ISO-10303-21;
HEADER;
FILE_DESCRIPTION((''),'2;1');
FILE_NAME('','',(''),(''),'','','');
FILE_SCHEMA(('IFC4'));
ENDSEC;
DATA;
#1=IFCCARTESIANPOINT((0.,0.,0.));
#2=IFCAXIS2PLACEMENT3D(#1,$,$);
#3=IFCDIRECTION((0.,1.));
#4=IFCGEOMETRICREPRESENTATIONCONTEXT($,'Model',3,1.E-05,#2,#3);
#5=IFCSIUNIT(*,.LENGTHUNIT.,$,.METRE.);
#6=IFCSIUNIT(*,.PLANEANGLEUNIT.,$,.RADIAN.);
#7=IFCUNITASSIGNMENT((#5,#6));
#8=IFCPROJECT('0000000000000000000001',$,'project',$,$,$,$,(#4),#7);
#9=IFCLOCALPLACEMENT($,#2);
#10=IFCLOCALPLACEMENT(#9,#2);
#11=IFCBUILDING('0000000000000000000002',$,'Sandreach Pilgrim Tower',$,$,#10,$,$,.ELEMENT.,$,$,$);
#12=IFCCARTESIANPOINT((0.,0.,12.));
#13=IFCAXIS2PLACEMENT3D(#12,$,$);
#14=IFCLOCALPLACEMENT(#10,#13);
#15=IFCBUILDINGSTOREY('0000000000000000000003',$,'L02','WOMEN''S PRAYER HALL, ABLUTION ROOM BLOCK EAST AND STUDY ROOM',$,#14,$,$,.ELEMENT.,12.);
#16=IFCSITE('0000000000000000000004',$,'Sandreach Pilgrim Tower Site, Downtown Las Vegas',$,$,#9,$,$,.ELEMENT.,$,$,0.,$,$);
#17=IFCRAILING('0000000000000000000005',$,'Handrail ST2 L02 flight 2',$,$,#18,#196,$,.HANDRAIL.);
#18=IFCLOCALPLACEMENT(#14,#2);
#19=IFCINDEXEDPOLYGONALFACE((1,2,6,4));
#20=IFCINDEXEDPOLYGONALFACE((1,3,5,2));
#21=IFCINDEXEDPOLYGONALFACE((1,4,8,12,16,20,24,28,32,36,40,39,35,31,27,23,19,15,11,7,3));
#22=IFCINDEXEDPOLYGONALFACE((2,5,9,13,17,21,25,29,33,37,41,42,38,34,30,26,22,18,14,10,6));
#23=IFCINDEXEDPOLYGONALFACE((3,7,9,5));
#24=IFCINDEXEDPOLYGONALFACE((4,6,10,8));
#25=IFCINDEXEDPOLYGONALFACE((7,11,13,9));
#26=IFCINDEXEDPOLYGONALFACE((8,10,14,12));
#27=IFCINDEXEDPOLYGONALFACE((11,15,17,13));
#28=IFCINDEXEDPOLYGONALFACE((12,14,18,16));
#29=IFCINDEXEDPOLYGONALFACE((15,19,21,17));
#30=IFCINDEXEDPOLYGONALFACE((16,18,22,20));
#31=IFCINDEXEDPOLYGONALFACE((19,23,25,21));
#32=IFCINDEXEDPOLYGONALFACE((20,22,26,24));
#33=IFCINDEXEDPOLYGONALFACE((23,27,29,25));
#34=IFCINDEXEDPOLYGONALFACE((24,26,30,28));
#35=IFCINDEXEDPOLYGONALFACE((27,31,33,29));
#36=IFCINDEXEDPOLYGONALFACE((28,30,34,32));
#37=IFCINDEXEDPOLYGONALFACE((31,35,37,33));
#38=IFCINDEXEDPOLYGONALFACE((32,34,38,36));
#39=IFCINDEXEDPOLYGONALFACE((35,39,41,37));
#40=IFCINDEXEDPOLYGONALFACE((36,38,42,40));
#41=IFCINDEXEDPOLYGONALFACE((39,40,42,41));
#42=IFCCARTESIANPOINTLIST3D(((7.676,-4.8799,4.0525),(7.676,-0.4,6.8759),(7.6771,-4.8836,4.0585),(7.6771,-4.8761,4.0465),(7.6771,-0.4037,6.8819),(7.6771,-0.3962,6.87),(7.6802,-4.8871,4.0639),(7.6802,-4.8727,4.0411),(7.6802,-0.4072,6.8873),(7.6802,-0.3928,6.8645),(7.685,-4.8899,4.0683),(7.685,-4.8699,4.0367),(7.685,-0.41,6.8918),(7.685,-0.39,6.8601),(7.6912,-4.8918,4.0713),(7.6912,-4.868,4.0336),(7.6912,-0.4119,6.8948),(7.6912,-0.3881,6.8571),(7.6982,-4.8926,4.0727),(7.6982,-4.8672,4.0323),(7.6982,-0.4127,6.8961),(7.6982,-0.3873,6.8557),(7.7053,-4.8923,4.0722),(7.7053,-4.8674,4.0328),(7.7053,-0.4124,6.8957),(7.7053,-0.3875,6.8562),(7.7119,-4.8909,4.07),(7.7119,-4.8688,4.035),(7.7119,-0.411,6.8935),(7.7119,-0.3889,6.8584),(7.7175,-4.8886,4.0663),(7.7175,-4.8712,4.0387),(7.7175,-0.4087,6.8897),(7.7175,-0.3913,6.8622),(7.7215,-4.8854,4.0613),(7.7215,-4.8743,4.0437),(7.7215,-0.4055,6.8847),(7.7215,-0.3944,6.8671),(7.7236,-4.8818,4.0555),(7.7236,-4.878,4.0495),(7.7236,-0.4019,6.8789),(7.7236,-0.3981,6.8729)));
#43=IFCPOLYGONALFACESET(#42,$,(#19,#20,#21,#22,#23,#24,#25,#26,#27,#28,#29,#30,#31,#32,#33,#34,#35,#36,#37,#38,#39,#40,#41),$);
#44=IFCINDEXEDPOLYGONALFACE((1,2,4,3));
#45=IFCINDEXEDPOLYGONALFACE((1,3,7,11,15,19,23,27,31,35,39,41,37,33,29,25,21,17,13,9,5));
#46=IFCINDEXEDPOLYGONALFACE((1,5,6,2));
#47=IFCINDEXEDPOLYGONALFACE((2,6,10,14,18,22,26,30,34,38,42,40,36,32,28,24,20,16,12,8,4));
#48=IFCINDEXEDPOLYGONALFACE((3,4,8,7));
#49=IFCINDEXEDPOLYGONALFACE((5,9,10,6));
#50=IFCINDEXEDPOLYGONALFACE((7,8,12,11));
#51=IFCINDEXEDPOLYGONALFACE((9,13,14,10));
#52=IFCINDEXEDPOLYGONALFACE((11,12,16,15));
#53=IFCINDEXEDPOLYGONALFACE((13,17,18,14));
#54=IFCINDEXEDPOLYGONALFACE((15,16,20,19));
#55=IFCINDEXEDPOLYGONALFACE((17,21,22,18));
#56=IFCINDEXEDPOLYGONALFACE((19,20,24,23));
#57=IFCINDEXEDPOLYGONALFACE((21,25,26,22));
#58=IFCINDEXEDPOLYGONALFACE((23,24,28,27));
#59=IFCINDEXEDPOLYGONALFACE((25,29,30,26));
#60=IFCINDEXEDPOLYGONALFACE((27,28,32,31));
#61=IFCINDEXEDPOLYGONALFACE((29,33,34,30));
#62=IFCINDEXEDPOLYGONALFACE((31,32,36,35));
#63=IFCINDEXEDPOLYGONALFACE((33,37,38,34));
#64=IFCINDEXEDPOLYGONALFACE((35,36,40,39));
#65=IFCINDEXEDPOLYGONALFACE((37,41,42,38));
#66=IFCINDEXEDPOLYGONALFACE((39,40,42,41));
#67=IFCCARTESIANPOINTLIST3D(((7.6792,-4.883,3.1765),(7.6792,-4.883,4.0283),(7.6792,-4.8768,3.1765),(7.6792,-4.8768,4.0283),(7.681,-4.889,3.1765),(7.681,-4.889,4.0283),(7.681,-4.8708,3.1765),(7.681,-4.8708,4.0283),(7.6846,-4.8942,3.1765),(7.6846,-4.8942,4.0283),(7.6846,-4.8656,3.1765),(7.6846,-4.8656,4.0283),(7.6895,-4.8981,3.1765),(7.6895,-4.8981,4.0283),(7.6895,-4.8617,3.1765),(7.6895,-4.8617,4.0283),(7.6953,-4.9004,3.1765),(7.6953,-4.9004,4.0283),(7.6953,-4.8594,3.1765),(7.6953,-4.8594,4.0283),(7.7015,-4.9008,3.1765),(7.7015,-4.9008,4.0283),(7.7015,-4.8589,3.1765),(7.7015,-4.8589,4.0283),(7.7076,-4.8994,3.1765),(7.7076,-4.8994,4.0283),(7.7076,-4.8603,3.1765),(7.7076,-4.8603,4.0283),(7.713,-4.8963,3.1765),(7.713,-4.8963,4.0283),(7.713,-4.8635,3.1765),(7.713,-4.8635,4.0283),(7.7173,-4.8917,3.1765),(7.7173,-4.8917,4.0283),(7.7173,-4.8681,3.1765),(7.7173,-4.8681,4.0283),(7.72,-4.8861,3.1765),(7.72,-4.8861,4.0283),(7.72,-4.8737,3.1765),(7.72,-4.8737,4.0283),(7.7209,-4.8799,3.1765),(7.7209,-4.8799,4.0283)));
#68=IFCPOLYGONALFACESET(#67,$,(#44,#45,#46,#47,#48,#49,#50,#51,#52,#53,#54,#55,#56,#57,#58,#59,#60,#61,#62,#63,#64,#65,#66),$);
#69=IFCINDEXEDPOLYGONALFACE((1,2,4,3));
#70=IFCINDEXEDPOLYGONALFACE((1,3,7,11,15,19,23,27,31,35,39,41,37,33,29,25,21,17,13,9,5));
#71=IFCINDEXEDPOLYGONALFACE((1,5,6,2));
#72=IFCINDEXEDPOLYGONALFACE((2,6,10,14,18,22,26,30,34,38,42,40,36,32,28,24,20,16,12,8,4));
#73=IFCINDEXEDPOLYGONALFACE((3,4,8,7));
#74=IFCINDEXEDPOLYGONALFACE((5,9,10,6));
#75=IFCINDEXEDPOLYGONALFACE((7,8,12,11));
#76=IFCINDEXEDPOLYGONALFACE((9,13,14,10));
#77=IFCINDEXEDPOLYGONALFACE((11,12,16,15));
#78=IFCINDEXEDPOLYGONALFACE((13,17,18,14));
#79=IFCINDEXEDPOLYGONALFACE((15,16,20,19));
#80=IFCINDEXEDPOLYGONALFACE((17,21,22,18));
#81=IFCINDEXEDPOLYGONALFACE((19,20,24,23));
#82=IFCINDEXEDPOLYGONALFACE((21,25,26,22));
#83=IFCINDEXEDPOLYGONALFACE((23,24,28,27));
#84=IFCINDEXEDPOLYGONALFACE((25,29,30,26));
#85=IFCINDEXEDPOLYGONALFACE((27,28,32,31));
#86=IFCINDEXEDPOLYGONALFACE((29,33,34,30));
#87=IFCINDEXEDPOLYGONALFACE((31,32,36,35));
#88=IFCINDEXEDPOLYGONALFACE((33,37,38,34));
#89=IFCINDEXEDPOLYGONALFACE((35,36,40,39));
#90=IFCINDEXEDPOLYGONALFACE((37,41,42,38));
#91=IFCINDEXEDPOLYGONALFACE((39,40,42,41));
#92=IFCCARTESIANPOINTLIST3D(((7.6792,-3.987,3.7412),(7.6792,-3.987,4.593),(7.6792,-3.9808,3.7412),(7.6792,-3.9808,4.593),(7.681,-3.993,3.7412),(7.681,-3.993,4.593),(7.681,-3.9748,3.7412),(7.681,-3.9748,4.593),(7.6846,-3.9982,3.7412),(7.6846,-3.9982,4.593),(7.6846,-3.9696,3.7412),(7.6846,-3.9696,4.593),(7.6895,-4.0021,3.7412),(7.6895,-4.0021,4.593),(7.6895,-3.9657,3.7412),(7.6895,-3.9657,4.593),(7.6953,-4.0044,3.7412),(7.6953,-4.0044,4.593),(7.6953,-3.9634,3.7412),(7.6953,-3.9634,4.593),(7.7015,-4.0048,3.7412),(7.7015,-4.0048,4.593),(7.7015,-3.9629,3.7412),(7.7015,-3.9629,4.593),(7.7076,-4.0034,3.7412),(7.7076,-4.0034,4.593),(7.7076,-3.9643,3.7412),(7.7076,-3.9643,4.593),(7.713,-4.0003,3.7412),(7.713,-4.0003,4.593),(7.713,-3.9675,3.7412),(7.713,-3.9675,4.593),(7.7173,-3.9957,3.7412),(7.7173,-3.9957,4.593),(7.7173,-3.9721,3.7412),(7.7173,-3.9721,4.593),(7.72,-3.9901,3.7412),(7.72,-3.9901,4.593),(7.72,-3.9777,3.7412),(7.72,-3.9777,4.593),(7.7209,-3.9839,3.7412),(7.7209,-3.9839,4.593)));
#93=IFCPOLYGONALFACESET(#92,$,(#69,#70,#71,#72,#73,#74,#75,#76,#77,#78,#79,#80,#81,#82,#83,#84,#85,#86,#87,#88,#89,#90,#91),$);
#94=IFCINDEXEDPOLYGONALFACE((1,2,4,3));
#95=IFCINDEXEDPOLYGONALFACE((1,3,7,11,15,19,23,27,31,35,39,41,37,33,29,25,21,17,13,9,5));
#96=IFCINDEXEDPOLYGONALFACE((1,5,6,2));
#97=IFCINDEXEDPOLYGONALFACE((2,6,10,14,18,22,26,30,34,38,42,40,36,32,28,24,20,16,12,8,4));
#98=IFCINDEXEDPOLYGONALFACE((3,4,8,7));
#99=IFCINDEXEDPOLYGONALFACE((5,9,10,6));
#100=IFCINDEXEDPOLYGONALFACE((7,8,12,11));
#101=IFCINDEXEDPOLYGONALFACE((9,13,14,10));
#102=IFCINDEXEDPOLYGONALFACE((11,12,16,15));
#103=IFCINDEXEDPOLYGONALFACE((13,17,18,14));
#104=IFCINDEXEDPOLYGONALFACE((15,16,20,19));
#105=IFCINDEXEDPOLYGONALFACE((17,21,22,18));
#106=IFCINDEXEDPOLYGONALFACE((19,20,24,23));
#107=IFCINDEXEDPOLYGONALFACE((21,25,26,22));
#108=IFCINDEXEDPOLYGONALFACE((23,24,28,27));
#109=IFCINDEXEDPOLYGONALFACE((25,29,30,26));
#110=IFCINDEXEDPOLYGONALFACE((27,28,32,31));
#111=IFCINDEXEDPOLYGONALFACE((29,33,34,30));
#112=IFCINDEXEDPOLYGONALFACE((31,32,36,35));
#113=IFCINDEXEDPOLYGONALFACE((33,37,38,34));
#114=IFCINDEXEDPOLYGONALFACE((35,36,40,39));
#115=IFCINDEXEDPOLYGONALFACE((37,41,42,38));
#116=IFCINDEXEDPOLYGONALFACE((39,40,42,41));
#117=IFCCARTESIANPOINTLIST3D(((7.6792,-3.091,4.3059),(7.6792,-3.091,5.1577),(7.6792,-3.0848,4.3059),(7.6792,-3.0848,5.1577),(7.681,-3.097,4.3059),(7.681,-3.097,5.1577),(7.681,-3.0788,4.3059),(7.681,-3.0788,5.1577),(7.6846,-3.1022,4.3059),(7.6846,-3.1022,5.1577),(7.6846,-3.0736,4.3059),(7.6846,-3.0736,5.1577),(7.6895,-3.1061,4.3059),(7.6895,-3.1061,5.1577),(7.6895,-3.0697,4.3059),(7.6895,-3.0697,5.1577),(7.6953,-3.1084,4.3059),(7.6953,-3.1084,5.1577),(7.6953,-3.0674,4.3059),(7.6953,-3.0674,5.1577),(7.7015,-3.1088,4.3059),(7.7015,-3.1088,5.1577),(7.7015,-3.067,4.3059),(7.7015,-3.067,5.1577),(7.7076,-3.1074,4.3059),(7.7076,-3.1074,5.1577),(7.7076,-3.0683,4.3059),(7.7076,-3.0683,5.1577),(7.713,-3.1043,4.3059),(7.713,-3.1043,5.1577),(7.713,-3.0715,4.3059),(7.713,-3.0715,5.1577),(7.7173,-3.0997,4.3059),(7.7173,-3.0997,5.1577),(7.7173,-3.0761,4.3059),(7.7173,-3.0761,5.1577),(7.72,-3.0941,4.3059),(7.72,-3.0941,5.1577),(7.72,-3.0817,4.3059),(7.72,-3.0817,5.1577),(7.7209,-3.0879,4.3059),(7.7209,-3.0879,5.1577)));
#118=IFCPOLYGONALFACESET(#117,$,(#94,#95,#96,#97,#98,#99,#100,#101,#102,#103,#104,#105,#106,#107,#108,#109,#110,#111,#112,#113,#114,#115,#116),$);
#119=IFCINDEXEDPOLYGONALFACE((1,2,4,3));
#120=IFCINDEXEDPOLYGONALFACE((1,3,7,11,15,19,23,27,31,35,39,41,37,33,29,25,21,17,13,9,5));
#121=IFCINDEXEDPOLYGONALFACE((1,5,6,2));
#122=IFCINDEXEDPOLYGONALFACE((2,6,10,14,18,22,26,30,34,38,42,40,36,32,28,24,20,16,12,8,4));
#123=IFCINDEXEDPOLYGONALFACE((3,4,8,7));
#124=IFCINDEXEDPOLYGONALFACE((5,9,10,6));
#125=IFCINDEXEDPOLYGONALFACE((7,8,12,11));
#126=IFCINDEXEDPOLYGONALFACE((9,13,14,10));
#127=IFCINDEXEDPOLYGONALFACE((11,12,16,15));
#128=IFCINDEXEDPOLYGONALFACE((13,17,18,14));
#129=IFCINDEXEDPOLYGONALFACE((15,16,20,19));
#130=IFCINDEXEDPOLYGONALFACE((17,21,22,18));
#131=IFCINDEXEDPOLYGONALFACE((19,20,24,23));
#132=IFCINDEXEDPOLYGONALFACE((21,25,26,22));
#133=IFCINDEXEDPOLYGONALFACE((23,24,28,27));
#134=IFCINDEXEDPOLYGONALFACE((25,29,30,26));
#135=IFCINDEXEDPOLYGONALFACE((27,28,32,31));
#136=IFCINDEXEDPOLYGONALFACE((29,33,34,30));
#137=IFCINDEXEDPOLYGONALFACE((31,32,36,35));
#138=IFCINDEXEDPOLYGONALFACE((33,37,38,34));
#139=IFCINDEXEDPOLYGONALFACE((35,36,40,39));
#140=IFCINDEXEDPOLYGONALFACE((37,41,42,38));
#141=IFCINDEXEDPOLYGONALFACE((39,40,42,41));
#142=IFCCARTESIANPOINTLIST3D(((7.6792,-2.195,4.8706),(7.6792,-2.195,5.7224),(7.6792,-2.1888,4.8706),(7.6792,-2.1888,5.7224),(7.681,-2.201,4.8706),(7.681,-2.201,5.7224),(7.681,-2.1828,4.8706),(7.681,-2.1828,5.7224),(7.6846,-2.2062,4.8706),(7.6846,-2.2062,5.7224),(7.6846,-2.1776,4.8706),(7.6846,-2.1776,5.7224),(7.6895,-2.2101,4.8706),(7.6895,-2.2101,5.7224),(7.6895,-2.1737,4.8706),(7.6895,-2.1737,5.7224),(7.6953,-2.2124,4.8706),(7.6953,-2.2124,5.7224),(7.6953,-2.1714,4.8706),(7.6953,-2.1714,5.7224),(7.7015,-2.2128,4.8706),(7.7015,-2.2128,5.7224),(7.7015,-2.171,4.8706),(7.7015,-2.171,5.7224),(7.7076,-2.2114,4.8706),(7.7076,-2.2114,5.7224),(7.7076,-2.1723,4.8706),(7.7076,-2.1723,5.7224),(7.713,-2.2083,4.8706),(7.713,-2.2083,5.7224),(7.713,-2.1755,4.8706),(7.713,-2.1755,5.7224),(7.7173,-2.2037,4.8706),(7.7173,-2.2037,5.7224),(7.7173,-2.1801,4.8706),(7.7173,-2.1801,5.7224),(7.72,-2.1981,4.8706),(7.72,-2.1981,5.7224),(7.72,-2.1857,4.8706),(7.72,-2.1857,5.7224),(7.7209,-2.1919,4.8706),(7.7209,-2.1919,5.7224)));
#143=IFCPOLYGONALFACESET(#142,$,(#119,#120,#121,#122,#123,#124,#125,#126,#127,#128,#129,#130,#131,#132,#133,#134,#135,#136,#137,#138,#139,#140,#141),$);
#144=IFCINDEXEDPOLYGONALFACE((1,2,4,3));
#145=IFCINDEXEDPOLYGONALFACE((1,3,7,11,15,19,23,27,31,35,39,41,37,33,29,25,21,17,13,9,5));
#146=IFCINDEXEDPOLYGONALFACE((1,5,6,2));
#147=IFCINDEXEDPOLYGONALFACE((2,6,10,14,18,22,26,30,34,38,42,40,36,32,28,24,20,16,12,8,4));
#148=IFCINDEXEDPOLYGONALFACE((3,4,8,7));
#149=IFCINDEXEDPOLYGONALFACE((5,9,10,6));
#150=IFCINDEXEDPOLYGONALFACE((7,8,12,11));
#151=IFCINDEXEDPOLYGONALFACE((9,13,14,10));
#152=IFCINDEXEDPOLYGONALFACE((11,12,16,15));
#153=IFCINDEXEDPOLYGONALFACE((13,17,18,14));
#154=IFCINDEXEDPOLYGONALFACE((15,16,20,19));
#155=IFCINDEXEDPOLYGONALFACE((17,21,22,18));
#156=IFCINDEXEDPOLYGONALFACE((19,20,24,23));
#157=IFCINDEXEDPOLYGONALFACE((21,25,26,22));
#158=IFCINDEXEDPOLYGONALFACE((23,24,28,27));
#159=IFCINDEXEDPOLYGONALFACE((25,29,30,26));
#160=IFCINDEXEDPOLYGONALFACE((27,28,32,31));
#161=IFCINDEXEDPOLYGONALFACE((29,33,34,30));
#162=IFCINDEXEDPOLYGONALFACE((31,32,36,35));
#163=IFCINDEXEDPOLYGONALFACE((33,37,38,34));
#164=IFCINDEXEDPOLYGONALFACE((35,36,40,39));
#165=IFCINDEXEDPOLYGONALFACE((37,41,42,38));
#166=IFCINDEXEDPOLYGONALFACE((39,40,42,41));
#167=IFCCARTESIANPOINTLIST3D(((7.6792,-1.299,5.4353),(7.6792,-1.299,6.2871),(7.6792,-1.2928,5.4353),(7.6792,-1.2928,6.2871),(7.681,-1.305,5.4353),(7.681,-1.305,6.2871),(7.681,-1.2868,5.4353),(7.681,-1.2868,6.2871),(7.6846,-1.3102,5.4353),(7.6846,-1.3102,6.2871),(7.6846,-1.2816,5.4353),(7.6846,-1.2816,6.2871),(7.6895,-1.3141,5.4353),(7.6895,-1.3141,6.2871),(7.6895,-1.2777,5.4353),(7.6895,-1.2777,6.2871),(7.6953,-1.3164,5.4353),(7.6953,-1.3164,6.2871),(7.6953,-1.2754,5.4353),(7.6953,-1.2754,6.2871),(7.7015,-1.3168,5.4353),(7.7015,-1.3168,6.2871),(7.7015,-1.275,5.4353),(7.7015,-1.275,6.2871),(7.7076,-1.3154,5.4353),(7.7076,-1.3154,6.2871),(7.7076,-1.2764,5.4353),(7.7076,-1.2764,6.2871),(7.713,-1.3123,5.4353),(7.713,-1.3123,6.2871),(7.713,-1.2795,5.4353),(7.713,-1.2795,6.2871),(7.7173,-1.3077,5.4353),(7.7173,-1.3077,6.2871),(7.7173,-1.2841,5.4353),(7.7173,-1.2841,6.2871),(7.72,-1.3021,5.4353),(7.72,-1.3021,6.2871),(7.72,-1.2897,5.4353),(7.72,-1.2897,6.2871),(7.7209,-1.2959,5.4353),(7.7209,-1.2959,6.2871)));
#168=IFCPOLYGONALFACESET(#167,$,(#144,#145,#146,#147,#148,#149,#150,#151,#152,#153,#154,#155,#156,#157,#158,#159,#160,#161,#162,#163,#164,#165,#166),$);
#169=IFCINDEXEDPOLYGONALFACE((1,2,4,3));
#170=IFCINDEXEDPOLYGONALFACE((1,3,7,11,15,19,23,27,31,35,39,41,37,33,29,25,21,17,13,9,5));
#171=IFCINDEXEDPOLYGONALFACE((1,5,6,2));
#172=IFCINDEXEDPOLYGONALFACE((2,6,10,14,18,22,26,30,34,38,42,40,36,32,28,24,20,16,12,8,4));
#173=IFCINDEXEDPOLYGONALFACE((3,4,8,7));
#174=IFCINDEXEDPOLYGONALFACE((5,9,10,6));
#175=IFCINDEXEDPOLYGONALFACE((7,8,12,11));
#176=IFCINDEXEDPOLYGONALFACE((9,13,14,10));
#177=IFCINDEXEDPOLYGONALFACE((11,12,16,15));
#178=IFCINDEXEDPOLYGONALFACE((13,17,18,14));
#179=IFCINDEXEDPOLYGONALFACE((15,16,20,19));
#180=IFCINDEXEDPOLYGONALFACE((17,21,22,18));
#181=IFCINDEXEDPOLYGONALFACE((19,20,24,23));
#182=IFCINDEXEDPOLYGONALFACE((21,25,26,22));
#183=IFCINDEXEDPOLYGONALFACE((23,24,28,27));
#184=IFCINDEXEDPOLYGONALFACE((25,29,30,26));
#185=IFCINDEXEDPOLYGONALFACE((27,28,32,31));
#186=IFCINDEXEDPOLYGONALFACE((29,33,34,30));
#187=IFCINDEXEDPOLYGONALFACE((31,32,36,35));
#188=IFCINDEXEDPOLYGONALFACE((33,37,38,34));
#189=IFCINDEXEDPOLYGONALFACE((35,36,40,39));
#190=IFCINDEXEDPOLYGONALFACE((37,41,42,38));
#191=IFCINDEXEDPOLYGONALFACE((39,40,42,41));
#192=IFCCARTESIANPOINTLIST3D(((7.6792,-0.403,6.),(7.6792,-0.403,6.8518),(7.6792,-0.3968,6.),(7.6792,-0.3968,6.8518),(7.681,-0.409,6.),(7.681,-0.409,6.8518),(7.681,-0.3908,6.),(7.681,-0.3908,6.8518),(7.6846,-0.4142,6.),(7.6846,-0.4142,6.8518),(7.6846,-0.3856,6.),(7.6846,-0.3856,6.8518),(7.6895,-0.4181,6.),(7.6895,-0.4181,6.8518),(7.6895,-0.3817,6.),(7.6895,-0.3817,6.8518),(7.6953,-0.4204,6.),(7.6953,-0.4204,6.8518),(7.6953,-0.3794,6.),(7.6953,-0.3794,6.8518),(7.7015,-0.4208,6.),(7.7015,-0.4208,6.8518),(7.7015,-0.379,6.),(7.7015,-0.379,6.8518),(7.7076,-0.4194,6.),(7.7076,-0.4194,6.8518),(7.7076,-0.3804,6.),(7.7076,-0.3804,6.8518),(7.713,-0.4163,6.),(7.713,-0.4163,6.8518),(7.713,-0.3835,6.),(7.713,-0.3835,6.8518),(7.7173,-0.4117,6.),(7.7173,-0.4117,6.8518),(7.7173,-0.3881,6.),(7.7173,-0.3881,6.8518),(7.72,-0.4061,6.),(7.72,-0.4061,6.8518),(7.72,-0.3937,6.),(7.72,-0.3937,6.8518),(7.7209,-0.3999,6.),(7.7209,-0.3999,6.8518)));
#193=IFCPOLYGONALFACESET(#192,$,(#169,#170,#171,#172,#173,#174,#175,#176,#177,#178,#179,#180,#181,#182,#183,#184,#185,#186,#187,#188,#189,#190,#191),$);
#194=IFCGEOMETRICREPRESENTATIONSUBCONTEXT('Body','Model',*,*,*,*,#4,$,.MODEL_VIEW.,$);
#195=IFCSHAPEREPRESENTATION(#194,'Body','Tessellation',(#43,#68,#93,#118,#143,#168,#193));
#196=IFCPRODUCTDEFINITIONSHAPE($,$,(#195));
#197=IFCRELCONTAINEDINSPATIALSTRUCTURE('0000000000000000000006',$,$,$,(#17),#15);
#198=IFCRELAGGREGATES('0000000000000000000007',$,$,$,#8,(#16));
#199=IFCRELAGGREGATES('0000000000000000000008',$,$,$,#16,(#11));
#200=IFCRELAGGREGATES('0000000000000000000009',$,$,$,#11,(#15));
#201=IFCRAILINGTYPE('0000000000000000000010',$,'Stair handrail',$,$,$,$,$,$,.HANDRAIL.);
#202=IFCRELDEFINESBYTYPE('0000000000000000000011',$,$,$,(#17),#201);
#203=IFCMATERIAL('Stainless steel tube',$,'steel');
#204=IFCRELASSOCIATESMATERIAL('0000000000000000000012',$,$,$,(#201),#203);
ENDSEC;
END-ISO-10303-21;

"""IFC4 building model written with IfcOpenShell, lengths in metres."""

from ifc_helpers import new_model, si_unit, direction, frame, origin, origin_2d, place, context, subcontext, project, spatial, circle, extrude, material, type_object, element, save


model = new_model("IFC4")

# Units and contexts
model_context = context("Model", 3, precision=1e-05, world=origin(), true_north=direction((0.0, 1.0)))
body_context = subcontext(model_context, "Body", "Model", "MODEL_VIEW")
ifc_project = project(units=[si_unit("LENGTHUNIT", "METRE"), si_unit("PLANEANGLEUNIT", "RADIAN")], contexts=[model_context])

# Site, building, storey
site_placement = place(None, origin())
site = spatial("IfcSite", under=ifc_project, at=site_placement, Name="Sandreach Pilgrim Tower Site, Downtown Las Vegas", CompositionType="ELEMENT", RefElevation=0.0)
building_placement = place(site_placement, origin())
building = spatial("IfcBuilding", under=site, at=building_placement, Name="Sandreach Pilgrim Tower", CompositionType="ELEMENT")
storey_placement = place(building_placement, frame((0.0, 0.0, 12.0)))
storey = spatial("IfcBuildingStorey", under=building, at=storey_placement, Name="L02", Description="WOMEN'S PRAYER HALL, ABLUTION ROOM BLOCK EAST AND STUDY ROOM", CompositionType="ELEMENT", Elevation=12.0)

# Railing
ifc_material_1 = material(Name="Stainless steel tube", Category="steel")
railing_type = type_object("IfcRailingType", Name="Stair handrail", PredefinedType="HANDRAIL", material=ifc_material_1)
for number, where, name in (
    (1, (7.7, -4.8799, 3.1765), "Handrail ST2 L02 flight 2"),
):
    element("IfcRailing", number, at=place(storey_placement, frame(where)), inside=storey, type_object=railing_type, Name=name, PredefinedType="HANDRAIL", context=body_context, shape_type="SweptSolid", body=[
        extrude(circle(Radius=0.0239, at=origin_2d()), frame((0.0, 0.0, 0.876), z_axis=(0.0, 0.845998, 0.533186), x_axis=(-1.0, 0.0, 0.0)), (0.0, 0.0, 1.0), 5.2954),
        extrude(circle(Radius=0.021, at=origin_2d()), origin(), (0.0, 0.0, 1.0), 0.8518),
        extrude(circle(Radius=0.021, at=origin_2d()), frame((0.0, 0.896, 0.5647)), (0.0, 0.0, 1.0), 0.8518),
        extrude(circle(Radius=0.021, at=origin_2d()), frame((0.0, 1.792, 1.1294)), (0.0, 0.0, 1.0), 0.8518),
        extrude(circle(Radius=0.021, at=origin_2d()), frame((0.0, 2.688, 1.6941)), (0.0, 0.0, 1.0), 0.8518),
        extrude(circle(Radius=0.021, at=origin_2d()), frame((0.0, 3.584, 2.2588)), (0.0, 0.0, 1.0), 0.8518),
        extrude(circle(Radius=0.021, at=origin_2d()), frame((0.0, 4.48, 2.8235)), (0.0, 0.0, 1.0), 0.8518),
    ])

save(model, "model.ifc")
